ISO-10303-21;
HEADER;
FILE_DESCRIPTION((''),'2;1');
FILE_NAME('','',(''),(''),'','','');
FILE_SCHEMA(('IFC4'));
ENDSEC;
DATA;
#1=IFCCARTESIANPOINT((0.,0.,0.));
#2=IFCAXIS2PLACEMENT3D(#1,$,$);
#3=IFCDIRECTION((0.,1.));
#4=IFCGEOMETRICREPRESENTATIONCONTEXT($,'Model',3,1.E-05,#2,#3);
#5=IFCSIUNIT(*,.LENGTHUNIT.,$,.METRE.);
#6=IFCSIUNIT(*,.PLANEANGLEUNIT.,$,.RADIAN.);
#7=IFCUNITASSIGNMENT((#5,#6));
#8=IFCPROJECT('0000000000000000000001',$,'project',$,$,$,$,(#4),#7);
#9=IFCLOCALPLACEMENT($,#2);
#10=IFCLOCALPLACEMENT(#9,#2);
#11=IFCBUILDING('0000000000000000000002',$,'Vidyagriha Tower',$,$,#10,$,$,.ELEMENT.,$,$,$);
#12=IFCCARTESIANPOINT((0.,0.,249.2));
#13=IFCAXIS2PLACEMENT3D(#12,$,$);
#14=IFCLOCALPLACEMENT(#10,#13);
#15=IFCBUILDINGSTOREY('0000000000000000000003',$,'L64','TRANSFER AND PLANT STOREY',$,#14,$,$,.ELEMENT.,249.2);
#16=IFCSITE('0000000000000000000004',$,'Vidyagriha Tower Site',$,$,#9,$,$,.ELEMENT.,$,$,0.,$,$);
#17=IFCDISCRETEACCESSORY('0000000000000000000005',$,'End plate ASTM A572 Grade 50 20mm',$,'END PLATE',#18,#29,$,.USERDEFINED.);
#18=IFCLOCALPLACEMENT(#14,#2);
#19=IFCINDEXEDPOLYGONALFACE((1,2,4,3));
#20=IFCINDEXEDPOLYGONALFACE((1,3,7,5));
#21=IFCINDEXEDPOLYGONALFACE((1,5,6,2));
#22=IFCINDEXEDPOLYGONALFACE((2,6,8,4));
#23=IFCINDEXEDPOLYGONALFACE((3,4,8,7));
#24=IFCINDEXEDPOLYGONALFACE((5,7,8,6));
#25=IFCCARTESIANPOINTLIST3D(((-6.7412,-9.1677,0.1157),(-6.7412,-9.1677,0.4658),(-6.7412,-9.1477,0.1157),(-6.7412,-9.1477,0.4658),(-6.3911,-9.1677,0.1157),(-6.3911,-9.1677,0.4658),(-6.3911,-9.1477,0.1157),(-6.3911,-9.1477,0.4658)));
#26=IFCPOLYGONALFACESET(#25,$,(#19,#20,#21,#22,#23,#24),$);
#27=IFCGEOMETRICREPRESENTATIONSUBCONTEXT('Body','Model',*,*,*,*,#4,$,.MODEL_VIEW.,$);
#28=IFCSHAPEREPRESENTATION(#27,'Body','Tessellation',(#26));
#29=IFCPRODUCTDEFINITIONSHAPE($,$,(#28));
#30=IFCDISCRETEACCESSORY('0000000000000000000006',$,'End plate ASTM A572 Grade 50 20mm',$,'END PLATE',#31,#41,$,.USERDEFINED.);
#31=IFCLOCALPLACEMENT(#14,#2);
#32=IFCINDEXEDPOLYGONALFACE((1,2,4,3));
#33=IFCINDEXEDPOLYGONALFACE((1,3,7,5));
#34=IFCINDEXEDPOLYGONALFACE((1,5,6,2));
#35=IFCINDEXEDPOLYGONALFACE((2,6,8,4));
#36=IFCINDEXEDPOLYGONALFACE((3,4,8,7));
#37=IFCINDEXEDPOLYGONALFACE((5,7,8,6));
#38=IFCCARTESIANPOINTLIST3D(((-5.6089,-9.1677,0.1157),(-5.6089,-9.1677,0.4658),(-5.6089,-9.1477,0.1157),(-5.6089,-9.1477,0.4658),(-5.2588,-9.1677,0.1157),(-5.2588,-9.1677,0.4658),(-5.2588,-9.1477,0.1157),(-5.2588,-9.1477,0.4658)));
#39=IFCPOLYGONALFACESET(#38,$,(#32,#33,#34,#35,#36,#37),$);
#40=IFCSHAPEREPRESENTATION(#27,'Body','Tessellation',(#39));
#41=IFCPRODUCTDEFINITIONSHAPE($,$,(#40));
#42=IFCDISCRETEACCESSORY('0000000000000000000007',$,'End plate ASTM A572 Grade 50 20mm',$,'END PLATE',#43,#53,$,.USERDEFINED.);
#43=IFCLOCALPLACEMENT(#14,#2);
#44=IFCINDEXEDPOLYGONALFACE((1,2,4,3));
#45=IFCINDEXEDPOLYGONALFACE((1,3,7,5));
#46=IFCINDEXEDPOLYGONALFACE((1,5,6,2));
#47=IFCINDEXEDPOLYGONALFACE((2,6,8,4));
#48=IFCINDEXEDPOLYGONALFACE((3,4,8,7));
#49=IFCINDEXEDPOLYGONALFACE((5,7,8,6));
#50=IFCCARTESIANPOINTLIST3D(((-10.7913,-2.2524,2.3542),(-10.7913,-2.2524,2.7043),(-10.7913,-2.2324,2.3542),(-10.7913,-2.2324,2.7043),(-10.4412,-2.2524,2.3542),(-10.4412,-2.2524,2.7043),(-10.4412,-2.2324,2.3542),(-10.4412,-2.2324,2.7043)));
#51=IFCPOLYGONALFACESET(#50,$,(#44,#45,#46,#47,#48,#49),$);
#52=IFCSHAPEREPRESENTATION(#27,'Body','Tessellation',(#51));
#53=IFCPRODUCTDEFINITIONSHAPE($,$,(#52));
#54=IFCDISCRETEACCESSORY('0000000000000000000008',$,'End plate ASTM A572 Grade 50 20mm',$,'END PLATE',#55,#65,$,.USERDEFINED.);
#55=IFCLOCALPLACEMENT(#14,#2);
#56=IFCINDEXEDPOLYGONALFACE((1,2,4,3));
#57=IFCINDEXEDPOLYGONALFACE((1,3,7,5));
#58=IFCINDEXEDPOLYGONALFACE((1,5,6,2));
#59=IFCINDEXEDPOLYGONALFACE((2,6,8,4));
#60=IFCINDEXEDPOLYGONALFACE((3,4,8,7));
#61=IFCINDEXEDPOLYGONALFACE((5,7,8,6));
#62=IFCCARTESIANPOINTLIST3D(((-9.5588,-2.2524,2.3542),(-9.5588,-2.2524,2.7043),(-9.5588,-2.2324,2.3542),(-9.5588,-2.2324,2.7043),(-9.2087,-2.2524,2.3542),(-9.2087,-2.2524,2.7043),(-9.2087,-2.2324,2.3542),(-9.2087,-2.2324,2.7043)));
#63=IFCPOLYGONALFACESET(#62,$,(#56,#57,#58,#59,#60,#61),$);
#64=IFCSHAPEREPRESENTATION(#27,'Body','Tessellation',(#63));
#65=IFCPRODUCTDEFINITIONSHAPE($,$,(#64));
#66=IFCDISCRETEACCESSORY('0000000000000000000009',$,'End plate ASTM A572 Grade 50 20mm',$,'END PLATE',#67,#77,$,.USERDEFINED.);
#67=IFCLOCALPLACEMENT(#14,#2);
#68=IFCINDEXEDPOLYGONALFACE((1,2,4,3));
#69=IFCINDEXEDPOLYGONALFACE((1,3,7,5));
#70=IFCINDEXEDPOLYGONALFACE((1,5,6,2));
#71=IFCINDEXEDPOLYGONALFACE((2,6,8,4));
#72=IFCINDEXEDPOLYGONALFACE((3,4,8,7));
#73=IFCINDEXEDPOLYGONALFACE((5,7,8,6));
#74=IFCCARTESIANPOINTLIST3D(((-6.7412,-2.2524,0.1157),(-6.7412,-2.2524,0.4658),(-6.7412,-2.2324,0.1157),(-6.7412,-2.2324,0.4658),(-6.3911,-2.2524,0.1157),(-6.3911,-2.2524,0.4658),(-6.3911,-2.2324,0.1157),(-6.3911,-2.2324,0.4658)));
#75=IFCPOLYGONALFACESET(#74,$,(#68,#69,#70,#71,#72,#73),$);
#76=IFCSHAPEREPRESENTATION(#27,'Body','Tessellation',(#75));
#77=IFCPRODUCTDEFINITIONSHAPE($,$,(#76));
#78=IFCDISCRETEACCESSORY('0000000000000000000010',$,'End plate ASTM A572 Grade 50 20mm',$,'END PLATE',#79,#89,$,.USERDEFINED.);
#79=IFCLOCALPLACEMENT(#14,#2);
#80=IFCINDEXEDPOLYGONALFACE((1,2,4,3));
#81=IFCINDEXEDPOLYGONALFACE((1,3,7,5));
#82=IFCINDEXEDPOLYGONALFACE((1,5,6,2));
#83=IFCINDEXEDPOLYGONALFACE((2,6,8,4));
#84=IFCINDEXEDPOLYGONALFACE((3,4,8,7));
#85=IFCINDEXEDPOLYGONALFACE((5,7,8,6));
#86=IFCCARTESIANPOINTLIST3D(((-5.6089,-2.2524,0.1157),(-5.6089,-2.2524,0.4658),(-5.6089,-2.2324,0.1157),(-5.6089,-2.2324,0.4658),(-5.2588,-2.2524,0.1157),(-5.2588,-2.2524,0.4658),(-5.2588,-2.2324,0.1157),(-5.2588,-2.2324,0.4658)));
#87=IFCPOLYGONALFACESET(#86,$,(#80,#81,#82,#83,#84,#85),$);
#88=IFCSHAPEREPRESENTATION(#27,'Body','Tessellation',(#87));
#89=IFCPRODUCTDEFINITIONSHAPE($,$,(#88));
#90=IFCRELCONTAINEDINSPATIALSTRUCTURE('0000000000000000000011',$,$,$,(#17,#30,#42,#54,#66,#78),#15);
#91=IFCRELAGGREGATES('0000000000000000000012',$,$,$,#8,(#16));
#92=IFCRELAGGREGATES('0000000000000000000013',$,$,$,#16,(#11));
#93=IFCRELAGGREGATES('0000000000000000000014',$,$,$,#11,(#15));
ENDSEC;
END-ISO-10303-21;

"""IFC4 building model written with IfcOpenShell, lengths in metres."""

from ifc_helpers import new_model, si_unit, direction, frame, origin, origin_2d, place, context, subcontext, project, spatial, rectangle, extrude, element, save


model = new_model("IFC4")

# Units and contexts
model_context = context("Model", 3, precision=1e-05, world=origin(), true_north=direction((0.0, 1.0)))
body_context = subcontext(model_context, "Body", "Model", "MODEL_VIEW")
ifc_project = project(units=[si_unit("LENGTHUNIT", "METRE"), si_unit("PLANEANGLEUNIT", "RADIAN")], contexts=[model_context])

# Site, building, storey
site_placement = place(None, origin())
site = spatial("IfcSite", under=ifc_project, at=site_placement, Name="Vidyagriha Tower Site", CompositionType="ELEMENT", RefElevation=0.0)
building_placement = place(site_placement, origin())
building = spatial("IfcBuilding", under=site, at=building_placement, Name="Vidyagriha Tower", CompositionType="ELEMENT")
storey_placement = place(building_placement, frame((0.0, 0.0, 249.2)))
storey = spatial("IfcBuildingStorey", under=building, at=storey_placement, Name="L64", Description="TRANSFER AND PLANT STOREY", CompositionType="ELEMENT", Elevation=249.2)

# Discrete accessories
discrete_accessory_1_placement = place(storey_placement, frame((-6.5662, -9.1577, 0.1157)))
element("IfcDiscreteAccessory", 1, at=discrete_accessory_1_placement, inside=storey, Name="End plate ASTM A572 Grade 50 20mm", ObjectType="END PLATE", PredefinedType="USERDEFINED", context=body_context, shape_type="SweptSolid", body=[
    extrude(rectangle(XDim=0.3501, YDim=0.02, at=origin_2d()), origin(), (0.0, 0.0, 1.0), 0.3501),
])
discrete_accessory_2_placement = place(storey_placement, frame((-5.4338, -9.1577, 0.1157), z_axis=(0.0, 0.0, 1.0), x_axis=(-1.0, 0.0, 0.0)))
element("IfcDiscreteAccessory", 2, at=discrete_accessory_2_placement, inside=storey, Name="End plate ASTM A572 Grade 50 20mm", ObjectType="END PLATE", PredefinedType="USERDEFINED", context=body_context, shape_type="SweptSolid", body=[
    extrude(rectangle(XDim=0.3501, YDim=0.02, at=origin_2d()), origin(), (0.0, 0.0, 1.0), 0.3501),
])
discrete_accessory_3_placement = place(storey_placement, frame((-10.6162, -2.2424, 2.3542)))
element("IfcDiscreteAccessory", 3, at=discrete_accessory_3_placement, inside=storey, Name="End plate ASTM A572 Grade 50 20mm", ObjectType="END PLATE", PredefinedType="USERDEFINED", context=body_context, shape_type="SweptSolid", body=[
    extrude(rectangle(XDim=0.3501, YDim=0.02, at=origin_2d()), origin(), (0.0, 0.0, 1.0), 0.3501),
])
discrete_accessory_4_placement = place(storey_placement, frame((-9.3838, -2.2424, 2.3542), z_axis=(0.0, 0.0, 1.0), x_axis=(-1.0, 0.0, 0.0)))
element("IfcDiscreteAccessory", 4, at=discrete_accessory_4_placement, inside=storey, Name="End plate ASTM A572 Grade 50 20mm", ObjectType="END PLATE", PredefinedType="USERDEFINED", context=body_context, shape_type="SweptSolid", body=[
    extrude(rectangle(XDim=0.3501, YDim=0.02, at=origin_2d()), origin(), (0.0, 0.0, 1.0), 0.3501),
])
discrete_accessory_5_placement = place(storey_placement, frame((-6.5662, -2.2424, 0.1157)))
element("IfcDiscreteAccessory", 5, at=discrete_accessory_5_placement, inside=storey, Name="End plate ASTM A572 Grade 50 20mm", ObjectType="END PLATE", PredefinedType="USERDEFINED", context=body_context, shape_type="SweptSolid", body=[
    extrude(rectangle(XDim=0.3501, YDim=0.02, at=origin_2d()), origin(), (0.0, 0.0, 1.0), 0.3501),
])
discrete_accessory_6_placement = place(storey_placement, frame((-5.4338, -2.2424, 0.1157), z_axis=(0.0, 0.0, 1.0), x_axis=(-1.0, 0.0, 0.0)))
element("IfcDiscreteAccessory", 6, at=discrete_accessory_6_placement, inside=storey, Name="End plate ASTM A572 Grade 50 20mm", ObjectType="END PLATE", PredefinedType="USERDEFINED", context=body_context, shape_type="SweptSolid", body=[
    extrude(rectangle(XDim=0.3501, YDim=0.02, at=origin_2d()), origin(), (0.0, 0.0, 1.0), 0.3501),
])

save(model, "model.ifc")
